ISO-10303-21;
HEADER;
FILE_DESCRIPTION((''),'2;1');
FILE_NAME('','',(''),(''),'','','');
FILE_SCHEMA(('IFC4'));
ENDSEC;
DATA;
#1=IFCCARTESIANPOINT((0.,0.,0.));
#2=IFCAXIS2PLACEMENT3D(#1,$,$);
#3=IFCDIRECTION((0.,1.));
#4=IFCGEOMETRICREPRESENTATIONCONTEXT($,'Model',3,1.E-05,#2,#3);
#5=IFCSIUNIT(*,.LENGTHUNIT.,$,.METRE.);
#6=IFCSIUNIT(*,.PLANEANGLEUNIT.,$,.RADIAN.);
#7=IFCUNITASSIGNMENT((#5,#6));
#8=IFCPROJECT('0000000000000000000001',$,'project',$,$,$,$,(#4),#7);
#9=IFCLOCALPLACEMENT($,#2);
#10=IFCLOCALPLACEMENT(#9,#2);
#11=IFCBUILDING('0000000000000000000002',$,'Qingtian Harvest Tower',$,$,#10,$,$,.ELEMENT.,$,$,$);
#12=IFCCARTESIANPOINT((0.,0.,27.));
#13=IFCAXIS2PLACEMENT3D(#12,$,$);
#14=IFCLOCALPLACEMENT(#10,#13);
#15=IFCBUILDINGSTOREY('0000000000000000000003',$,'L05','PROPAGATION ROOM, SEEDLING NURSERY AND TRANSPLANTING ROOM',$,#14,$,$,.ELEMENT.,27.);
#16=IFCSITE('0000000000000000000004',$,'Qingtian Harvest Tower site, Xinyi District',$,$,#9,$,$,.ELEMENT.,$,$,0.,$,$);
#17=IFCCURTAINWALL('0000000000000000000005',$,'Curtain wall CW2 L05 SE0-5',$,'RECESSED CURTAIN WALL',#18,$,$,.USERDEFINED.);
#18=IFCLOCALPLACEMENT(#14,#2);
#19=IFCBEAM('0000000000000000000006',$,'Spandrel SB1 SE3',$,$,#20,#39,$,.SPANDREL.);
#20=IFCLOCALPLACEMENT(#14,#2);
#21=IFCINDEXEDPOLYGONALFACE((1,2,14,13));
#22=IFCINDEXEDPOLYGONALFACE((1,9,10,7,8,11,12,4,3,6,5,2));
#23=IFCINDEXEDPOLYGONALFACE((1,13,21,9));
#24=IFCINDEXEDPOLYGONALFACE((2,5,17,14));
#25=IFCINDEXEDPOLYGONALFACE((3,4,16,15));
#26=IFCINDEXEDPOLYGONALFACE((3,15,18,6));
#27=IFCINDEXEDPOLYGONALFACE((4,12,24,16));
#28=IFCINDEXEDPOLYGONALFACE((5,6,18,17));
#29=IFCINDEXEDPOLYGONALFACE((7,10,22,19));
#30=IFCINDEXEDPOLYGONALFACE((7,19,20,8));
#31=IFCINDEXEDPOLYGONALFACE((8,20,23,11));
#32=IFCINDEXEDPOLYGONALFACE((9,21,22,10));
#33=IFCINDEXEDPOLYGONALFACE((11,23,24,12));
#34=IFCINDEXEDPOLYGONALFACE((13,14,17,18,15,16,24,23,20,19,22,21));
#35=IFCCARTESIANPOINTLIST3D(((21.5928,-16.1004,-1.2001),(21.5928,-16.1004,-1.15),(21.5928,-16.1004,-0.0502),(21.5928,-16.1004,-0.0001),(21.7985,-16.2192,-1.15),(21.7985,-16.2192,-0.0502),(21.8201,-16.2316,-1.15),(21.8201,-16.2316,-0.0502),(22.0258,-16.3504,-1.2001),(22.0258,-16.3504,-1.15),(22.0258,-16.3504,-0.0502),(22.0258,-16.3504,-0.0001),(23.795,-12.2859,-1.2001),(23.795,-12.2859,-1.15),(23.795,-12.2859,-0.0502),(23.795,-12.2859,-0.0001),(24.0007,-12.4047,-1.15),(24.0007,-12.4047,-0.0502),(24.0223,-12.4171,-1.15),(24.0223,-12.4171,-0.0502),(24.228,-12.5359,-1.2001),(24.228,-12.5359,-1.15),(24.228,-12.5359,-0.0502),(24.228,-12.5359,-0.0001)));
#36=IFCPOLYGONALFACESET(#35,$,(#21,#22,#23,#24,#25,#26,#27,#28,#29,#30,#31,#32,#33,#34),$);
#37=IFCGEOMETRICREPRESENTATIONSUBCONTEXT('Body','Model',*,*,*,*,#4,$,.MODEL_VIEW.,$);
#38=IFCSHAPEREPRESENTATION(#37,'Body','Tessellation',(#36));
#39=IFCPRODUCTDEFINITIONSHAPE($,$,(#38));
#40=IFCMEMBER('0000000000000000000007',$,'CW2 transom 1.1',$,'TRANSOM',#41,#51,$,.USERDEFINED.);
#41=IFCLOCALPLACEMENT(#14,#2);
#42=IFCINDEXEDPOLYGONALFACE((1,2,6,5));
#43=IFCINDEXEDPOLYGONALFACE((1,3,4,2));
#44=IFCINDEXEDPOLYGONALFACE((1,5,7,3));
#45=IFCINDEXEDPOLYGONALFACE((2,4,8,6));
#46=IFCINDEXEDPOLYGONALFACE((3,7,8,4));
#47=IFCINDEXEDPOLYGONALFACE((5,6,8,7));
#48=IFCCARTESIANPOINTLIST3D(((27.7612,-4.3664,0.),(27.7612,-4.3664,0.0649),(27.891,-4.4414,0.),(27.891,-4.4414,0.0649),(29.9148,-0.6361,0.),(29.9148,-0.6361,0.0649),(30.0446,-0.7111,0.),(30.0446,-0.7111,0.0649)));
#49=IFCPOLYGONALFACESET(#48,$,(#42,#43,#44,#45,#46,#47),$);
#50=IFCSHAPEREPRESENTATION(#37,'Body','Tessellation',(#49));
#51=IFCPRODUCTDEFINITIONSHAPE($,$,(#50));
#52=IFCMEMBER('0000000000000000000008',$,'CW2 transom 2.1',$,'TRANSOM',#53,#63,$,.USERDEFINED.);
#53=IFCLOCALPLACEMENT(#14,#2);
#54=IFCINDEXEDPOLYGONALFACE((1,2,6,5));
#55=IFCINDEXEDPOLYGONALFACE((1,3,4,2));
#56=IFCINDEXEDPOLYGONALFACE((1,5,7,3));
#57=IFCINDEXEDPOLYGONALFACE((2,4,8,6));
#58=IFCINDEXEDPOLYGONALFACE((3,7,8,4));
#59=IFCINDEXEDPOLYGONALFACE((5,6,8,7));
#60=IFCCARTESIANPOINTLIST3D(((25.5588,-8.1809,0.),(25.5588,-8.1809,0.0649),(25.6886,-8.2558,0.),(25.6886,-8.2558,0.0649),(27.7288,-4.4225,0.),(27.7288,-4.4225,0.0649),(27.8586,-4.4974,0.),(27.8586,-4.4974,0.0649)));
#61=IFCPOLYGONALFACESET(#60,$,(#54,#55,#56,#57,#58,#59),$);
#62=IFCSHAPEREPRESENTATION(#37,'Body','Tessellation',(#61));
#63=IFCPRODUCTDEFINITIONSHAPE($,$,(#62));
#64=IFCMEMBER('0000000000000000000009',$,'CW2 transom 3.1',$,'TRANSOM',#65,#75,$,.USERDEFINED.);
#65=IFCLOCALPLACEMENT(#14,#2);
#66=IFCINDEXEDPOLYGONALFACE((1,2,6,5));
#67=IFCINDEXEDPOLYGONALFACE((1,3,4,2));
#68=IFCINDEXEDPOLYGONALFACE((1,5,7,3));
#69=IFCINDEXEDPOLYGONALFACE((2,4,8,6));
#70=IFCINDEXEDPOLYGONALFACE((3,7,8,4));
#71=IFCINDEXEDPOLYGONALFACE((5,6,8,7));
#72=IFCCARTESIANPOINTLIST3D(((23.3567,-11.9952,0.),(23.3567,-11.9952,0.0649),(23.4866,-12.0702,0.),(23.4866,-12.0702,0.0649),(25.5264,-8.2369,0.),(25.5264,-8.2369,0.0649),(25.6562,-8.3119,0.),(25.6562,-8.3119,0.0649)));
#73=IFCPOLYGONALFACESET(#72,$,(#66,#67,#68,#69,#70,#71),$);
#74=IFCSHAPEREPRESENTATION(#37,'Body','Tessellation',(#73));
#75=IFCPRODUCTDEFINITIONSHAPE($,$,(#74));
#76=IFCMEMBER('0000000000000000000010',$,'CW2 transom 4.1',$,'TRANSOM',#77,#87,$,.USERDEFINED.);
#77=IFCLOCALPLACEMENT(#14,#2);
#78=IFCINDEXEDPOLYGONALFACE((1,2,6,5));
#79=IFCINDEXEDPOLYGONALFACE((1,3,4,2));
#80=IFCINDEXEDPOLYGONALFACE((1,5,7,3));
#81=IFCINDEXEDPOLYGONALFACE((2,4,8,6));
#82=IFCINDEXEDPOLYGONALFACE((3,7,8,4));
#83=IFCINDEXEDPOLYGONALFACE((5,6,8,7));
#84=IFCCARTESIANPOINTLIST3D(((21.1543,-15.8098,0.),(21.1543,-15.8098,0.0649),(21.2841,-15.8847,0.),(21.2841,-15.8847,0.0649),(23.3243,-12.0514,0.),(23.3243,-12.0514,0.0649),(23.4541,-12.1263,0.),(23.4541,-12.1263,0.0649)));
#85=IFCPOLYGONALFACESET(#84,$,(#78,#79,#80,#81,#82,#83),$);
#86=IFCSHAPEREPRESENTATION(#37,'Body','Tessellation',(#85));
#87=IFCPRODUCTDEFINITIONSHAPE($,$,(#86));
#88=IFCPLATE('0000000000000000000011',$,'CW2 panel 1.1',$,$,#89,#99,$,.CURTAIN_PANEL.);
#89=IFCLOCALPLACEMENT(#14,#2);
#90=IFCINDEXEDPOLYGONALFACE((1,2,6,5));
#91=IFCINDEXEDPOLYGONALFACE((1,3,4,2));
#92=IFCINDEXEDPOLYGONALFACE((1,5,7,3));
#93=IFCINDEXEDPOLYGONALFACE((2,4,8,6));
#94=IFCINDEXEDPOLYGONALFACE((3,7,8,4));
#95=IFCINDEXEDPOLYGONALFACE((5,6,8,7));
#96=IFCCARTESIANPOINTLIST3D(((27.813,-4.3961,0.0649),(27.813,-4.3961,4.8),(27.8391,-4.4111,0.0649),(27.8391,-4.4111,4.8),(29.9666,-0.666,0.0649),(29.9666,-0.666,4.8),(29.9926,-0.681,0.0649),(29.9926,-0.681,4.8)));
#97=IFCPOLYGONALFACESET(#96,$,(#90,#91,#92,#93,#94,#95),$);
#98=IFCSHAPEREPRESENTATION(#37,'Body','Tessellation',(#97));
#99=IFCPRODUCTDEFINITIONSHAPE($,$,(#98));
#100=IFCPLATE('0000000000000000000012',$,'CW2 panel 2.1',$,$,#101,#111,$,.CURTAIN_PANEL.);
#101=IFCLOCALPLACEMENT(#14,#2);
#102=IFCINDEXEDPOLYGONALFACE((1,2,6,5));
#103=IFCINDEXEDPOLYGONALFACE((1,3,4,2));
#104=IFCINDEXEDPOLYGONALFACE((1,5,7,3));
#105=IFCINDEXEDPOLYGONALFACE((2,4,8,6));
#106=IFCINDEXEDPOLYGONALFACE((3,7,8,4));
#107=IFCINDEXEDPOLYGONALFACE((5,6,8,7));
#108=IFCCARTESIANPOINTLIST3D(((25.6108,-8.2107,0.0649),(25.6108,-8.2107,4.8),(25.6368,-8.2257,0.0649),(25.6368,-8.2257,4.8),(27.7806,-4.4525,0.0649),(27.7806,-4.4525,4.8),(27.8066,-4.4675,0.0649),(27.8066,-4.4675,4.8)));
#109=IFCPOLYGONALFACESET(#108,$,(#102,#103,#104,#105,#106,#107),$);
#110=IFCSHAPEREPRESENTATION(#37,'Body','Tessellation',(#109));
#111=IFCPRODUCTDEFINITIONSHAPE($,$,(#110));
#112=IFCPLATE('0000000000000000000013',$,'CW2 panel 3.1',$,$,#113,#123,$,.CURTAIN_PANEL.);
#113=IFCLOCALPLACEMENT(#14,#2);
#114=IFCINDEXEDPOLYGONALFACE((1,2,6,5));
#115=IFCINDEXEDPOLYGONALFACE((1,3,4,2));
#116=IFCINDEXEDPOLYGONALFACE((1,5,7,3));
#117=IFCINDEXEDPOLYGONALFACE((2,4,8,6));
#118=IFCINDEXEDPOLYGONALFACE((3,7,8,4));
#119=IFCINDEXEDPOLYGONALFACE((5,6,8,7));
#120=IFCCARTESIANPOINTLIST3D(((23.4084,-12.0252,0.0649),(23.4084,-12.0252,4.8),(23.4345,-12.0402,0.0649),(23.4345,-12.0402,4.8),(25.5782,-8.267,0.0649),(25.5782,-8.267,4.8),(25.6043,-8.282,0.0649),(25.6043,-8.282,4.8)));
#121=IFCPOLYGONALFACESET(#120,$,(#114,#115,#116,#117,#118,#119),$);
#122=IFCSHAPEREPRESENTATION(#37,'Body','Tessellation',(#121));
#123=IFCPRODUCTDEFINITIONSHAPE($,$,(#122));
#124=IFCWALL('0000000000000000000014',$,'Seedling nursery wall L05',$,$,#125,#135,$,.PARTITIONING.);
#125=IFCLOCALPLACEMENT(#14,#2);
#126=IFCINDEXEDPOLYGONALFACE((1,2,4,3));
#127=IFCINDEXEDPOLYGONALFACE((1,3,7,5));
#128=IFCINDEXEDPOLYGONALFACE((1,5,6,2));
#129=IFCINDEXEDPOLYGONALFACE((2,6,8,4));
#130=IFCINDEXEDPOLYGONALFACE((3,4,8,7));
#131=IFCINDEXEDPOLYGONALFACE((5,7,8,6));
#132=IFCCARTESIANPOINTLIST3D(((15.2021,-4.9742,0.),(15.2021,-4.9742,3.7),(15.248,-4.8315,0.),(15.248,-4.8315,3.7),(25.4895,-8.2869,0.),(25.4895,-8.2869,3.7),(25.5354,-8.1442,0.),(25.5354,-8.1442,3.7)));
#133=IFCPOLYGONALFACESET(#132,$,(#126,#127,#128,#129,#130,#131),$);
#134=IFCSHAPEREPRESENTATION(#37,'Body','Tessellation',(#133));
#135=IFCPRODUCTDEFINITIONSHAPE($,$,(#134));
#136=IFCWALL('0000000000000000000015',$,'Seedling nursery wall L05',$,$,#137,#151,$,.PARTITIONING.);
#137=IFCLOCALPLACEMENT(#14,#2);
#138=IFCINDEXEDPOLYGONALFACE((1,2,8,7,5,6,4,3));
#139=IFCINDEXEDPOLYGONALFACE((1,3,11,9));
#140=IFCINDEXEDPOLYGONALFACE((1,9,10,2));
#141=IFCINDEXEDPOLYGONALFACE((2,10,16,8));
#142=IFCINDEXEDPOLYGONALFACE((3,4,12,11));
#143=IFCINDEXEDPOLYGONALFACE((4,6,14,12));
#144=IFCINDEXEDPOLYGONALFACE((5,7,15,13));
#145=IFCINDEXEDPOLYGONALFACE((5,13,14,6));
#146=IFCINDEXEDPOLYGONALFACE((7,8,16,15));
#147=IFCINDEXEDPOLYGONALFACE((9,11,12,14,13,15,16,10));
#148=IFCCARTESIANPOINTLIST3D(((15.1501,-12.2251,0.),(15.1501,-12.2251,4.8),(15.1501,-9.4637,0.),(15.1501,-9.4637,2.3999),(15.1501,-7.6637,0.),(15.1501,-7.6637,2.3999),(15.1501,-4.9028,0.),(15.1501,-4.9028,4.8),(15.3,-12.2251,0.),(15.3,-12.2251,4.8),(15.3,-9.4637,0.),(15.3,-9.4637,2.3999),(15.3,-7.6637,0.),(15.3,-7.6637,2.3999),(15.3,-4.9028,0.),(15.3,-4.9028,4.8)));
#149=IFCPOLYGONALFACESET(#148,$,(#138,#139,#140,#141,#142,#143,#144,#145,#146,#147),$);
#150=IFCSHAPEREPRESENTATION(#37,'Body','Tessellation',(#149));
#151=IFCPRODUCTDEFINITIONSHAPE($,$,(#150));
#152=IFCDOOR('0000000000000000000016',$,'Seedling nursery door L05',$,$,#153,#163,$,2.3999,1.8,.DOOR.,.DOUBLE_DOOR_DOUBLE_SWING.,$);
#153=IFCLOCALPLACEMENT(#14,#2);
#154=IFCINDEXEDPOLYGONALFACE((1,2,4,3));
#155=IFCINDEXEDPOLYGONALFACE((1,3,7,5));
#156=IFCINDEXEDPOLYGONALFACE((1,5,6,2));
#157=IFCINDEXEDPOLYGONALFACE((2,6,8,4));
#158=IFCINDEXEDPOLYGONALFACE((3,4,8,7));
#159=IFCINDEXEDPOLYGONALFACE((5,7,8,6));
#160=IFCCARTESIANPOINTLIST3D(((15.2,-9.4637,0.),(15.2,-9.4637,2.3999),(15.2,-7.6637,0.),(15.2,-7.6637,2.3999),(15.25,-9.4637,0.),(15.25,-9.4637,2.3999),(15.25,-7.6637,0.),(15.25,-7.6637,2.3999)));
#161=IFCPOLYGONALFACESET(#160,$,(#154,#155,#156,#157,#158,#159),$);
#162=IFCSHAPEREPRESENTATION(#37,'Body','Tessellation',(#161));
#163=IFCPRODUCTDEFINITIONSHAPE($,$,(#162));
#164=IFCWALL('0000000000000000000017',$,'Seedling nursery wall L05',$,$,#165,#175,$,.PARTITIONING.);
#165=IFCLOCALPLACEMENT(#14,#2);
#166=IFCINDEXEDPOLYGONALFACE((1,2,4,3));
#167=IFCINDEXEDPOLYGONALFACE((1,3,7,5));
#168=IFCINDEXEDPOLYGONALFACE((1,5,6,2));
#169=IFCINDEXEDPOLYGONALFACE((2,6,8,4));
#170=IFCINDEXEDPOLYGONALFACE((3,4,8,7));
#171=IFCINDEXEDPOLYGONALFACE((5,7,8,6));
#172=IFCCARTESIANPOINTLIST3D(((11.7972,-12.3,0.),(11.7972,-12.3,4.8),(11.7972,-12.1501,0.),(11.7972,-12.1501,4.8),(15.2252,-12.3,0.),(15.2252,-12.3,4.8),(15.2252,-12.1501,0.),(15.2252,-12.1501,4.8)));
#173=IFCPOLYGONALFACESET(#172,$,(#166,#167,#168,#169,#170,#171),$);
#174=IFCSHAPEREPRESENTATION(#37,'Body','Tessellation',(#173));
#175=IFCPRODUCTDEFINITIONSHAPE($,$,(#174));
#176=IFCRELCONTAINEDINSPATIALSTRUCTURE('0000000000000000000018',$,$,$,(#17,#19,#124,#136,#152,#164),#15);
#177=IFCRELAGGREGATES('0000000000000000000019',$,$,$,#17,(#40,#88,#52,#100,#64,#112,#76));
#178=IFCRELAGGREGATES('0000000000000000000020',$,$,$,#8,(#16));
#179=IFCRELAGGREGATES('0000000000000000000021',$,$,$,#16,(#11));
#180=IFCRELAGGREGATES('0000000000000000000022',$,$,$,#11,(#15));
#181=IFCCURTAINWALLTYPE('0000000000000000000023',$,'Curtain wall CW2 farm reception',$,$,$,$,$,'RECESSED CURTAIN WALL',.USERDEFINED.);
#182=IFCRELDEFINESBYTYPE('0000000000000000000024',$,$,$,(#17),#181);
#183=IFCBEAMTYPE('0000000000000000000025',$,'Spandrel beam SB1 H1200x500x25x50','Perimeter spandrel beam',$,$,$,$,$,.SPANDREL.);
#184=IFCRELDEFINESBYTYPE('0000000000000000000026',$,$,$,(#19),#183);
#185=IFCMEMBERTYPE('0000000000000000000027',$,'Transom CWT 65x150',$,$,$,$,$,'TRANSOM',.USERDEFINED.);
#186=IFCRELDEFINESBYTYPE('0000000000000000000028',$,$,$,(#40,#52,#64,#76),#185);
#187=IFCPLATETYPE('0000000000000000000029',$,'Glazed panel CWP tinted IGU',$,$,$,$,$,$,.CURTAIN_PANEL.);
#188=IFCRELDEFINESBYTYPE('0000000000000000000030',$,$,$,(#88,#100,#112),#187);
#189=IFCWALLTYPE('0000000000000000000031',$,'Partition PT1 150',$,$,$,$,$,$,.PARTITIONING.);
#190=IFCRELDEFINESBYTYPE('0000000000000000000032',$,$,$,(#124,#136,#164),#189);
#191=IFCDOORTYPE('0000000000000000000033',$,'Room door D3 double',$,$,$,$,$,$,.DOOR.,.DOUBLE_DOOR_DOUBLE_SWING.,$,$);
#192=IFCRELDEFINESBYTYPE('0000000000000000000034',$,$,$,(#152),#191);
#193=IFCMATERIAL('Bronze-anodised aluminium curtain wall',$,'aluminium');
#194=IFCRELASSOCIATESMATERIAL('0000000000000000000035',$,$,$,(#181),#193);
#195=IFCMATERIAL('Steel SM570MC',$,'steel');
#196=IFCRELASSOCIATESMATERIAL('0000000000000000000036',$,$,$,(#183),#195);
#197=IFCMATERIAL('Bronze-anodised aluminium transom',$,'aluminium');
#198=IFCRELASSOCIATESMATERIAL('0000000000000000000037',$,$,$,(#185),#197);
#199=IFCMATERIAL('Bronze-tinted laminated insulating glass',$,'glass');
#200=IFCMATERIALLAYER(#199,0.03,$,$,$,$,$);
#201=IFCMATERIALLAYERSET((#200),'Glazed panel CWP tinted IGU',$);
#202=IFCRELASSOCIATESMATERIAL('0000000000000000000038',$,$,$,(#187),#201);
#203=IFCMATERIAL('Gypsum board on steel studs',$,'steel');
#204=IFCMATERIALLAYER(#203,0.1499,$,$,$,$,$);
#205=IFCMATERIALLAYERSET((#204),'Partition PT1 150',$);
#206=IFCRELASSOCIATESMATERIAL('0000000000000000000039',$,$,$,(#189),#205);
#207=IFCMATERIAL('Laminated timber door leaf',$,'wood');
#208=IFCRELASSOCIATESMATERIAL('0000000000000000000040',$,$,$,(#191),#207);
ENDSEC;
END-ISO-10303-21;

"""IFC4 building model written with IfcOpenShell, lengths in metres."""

from ifc_helpers import new_model, si_unit, direction, frame, frame_2d, origin, origin_2d, place, context, subcontext, project, spatial, rectangle, i_section, extrude, material, layer, layer_set, material_profile, profile_set, type_object, element, fill, aggregate, save


model = new_model("IFC4")

# Units and contexts
model_context = context("Model", 3, precision=1e-05, world=origin(), true_north=direction((0.0, 1.0)))
body_context = subcontext(model_context, "Body", "Model", "MODEL_VIEW")
ifc_project = project(units=[si_unit("LENGTHUNIT", "METRE"), si_unit("PLANEANGLEUNIT", "RADIAN")], contexts=[model_context])

# Site, building, storey
site_placement = place(None, origin())
site = spatial("IfcSite", under=ifc_project, at=site_placement, Name="Qingtian Harvest Tower site, Xinyi District", CompositionType="ELEMENT", RefElevation=0.0)
building_placement = place(site_placement, origin())
building = spatial("IfcBuilding", under=site, at=building_placement, Name="Qingtian Harvest Tower", CompositionType="ELEMENT")
storey_placement = place(building_placement, frame((0.0, 0.0, 27.0)))
storey = spatial("IfcBuildingStorey", under=building, at=storey_placement, Name="L05", Description="PROPAGATION ROOM, SEEDLING NURSERY AND TRANSPLANTING ROOM", CompositionType="ELEMENT", Elevation=27.0)

# Shared definitions
ifc_material_1 = material(Name="Bronze-anodised aluminium curtain wall", Category="aluminium")
curtain_wall_type = type_object("IfcCurtainWallType", Name="Curtain wall CW2 farm reception", ElementType="RECESSED CURTAIN WALL", PredefinedType="USERDEFINED", material=ifc_material_1)

# Curtain wall
curtain_wall_1_placement = place(storey_placement, origin())
curtain_wall_1 = element("IfcCurtainWall", 1, at=curtain_wall_1_placement, inside=storey, type_object=curtain_wall_type, Name="Curtain wall CW2 L05 SE0-5", ObjectType="RECESSED CURTAIN WALL", PredefinedType="USERDEFINED")

# Beam
ifc_material_2 = material(Name="Steel SM570MC", Category="steel")
ifc_material_profile_1 = material_profile(ifc_material_2, i_section(OverallWidth=0.5, OverallDepth=1.2, WebThickness=0.0249, FlangeThickness=0.05, at=origin_2d()), Name="H1200x500x25x50")
ifc_profile_set_1 = profile_set([ifc_material_profile_1], Name="Steel SM570MC")
beam_type_1 = type_object("IfcBeamType", Name="Spandrel beam SB1 H1200x500x25x50", Description="Perimeter spandrel beam", PredefinedType="SPANDREL", material=ifc_profile_set_1)
for number, where, z_axis, x_axis, name in (
    (2, (24.0115, -12.4109, -0.6001), (-0.499978, -0.866038, 0.0), (0.866038, -0.499978, 0.0), "Spandrel SB1 SE3"),
):
    element("IfcBeam", number, at=place(storey_placement, frame(where, z_axis=z_axis, x_axis=x_axis)), inside=storey, type_object=beam_type_1, Name=name, PredefinedType="SPANDREL", context=body_context, shape_type="SweptSolid", body=[
        extrude(i_section(OverallWidth=0.5, OverallDepth=1.2, WebThickness=0.0249, FlangeThickness=0.05, at=origin_2d()), origin(), (0.0, 0.0, 1.0), 4.4045),
    ])

# Members
ifc_material_3 = material(Name="Bronze-anodised aluminium transom", Category="aluminium")
ifc_material_profile_2 = material_profile(ifc_material_3, rectangle(XDim=0.1499, YDim=0.0649, at=origin_2d()), Name="AL 65x150")
ifc_profile_set_2 = profile_set([ifc_material_profile_2], Name="Bronze-anodised aluminium transom")
member_type_1 = type_object("IfcMemberType", Name="Transom CWT 65x150", ElementType="TRANSOM", PredefinedType="USERDEFINED", material=ifc_profile_set_2)
member_1_placement = place(storey_placement, frame((29.9797, -0.6736, 0.0325), z_axis=(-0.499986, -0.866034, 0.0), x_axis=(0.866034, -0.499986, 0.0)))
member_1 = element("IfcMember", 3, at=member_1_placement, type_object=member_type_1, Name="CW2 transom 1.1", ObjectType="TRANSOM", PredefinedType="USERDEFINED", context=body_context, shape_type="SweptSolid", body=[
    extrude(rectangle(XDim=0.1499, YDim=0.0649, at=origin_2d()), origin(), (0.0, 0.0, 1.0), 4.3074),
])
member_2_placement = place(storey_placement, frame((27.7937, -4.46, 0.0325), z_axis=(-0.500011, -0.866019, 0.0), x_axis=(0.866019, -0.500011, 0.0)))
member_2 = element("IfcMember", 4, at=member_2_placement, type_object=member_type_1, Name="CW2 transom 2.1", ObjectType="TRANSOM", PredefinedType="USERDEFINED", context=body_context, shape_type="SweptSolid", body=[
    extrude(rectangle(XDim=0.1499, YDim=0.0649, at=origin_2d()), origin(), (0.0, 0.0, 1.0), 4.3398),
])
member_3_placement = place(storey_placement, frame((25.5913, -8.2744, 0.0325), z_axis=(-0.499969, -0.866043, 0.0), x_axis=(0.866043, -0.499969, 0.0)))
member_3 = element("IfcMember", 5, at=member_3_placement, type_object=member_type_1, Name="CW2 transom 3.1", ObjectType="TRANSOM", PredefinedType="USERDEFINED", context=body_context, shape_type="SweptSolid", body=[
    extrude(rectangle(XDim=0.1499, YDim=0.0649, at=origin_2d()), origin(), (0.0, 0.0, 1.0), 4.3396),
])
member_4_placement = place(storey_placement, frame((23.3892, -12.0889, 0.0325), z_axis=(-0.500011, -0.866019, 0.0), x_axis=(0.866019, -0.500011, 0.0)))
member_4 = element("IfcMember", 6, at=member_4_placement, type_object=member_type_1, Name="CW2 transom 4.1", ObjectType="TRANSOM", PredefinedType="USERDEFINED", context=body_context, shape_type="SweptSolid", body=[
    extrude(rectangle(XDim=0.1499, YDim=0.0649, at=origin_2d()), origin(), (0.0, 0.0, 1.0), 4.3398),
])

# Plates
ifc_material_4 = material(Name="Bronze-tinted laminated insulating glass", Category="glass")
ifc_layer_1 = layer(ifc_material_4, 0.03)
ifc_layer_set_1 = layer_set([ifc_layer_1], Name="Glazed panel CWP tinted IGU")
plate_type = type_object("IfcPlateType", Name="Glazed panel CWP tinted IGU", PredefinedType="CURTAIN_PANEL", material=ifc_layer_set_1)
plate_1_placement = place(storey_placement, frame((28.9028, -2.5386, 0.0649), z_axis=(0.0, 0.0, 1.0), x_axis=(-0.5, -0.866025, 0.0)))
plate_1 = element("IfcPlate", 7, at=plate_1_placement, type_object=plate_type, Name="CW2 panel 1.1", PredefinedType="CURTAIN_PANEL", context=body_context, shape_type="SweptSolid", body=[
    extrude(rectangle(XDim=4.3071, YDim=0.03, at=origin_2d()), origin(), (0.0, 0.0, 1.0), 4.7351),
])
plate_2_placement = place(storey_placement, frame((26.7087, -6.3391, 0.0649), z_axis=(0.0, 0.0, 1.0), x_axis=(-0.5, -0.866025, 0.0)))
plate_2 = element("IfcPlate", 8, at=plate_2_placement, type_object=plate_type, Name="CW2 panel 2.1", PredefinedType="CURTAIN_PANEL", context=body_context, shape_type="SweptSolid", body=[
    extrude(rectangle(XDim=4.3396, YDim=0.03, at=origin_2d()), origin(), (0.0, 0.0, 1.0), 4.7351),
])
plate_3_placement = place(storey_placement, frame((24.5063, -10.1536, 0.0649), z_axis=(0.0, 0.0, 1.0), x_axis=(-0.5, -0.866025, 0.0)))
plate_3 = element("IfcPlate", 9, at=plate_3_placement, type_object=plate_type, Name="CW2 panel 3.1", PredefinedType="CURTAIN_PANEL", context=body_context, shape_type="SweptSolid", body=[
    extrude(rectangle(XDim=4.3396, YDim=0.03, at=origin_2d()), origin(), (0.0, 0.0, 1.0), 4.7351),
])
aggregate(curtain_wall_1, [member_1, plate_1, member_2, plate_2, member_3, plate_3, member_4])

# Wall
ifc_material_5 = material(Name="Gypsum board on steel studs", Category="steel")
ifc_layer_2 = layer(ifc_material_5, 0.1499)
ifc_layer_set_2 = layer_set([ifc_layer_2], Name="Partition PT1 150")
wall_type = type_object("IfcWallType", Name="Partition PT1 150", PredefinedType="PARTITIONING", material=ifc_layer_set_2)
wall_1_placement = place(storey_placement, frame((25.5125, -8.2156, 0.0), z_axis=(0.0, 0.0, 1.0), x_axis=(-0.951864, 0.30652, 0.0)))
element("IfcWall", 10, at=wall_1_placement, inside=storey, type_object=wall_type, Name="Seedling nursery wall L05", PredefinedType="PARTITIONING", context=body_context, shape_type="SweptSolid", body=[
    extrude(rectangle(XDim=10.8076, YDim=0.1499, at=frame_2d((5.4038, 0.0))), origin(), (0.0, 0.0, 1.0), 3.7),
])

# Wall, opening, door
wall_2_placement = place(storey_placement, frame((15.2251, -4.9028, 0.0), z_axis=(0.0, 0.0, 1.0), x_axis=(0.0, -1.0, 0.0)))
wall_2 = element("IfcWall", 11, at=wall_2_placement, inside=storey, type_object=wall_type, Name="Seedling nursery wall L05", PredefinedType="PARTITIONING", context=body_context, shape_type="SweptSolid", body=[
    extrude(rectangle(XDim=7.3223, YDim=0.1499, at=frame_2d((3.6611, 0.0))), origin(), (0.0, 0.0, 1.0), 4.8),
])
opening_placement = place(wall_2_placement, frame((2.761, 0.0, 0.0)))
opening = element("IfcOpeningElement", 12, at=opening_placement, cuts=wall_2, PredefinedType="OPENING", context=body_context, shape_type="SweptSolid", body=[
    extrude(rectangle(XDim=1.8, YDim=2.3999, at=frame_2d((0.8999, 1.2))), frame((0.0, 0.085, 0.0), z_axis=(0.0, -1.0, 0.0), x_axis=(1.0, 0.0, 0.0)), (0.0, 0.0, 1.0), 0.1699),
])
ifc_material_6 = material(Name="Laminated timber door leaf", Category="wood")
door_type = type_object("IfcDoorType", Name="Room door D3 double", OperationType="DOUBLE_DOOR_DOUBLE_SWING", PredefinedType="DOOR", material=ifc_material_6)
door_placement = place(opening_placement, origin())
door = element("IfcDoor", 13, at=door_placement, inside=storey, type_object=door_type, Name="Seedling nursery door L05", OperationType="DOUBLE_DOOR_DOUBLE_SWING", OverallHeight=2.3999, OverallWidth=1.8, PredefinedType="DOOR", context=body_context, shape_type="SweptSolid", body=[
    extrude(rectangle(XDim=1.8, YDim=2.3999, at=frame_2d((0.8999, 1.2))), frame((0.0, 0.0249, 0.0), z_axis=(0.0, -1.0, 0.0), x_axis=(1.0, 0.0, 0.0)), (0.0, 0.0, 1.0), 0.05),
])
fill(opening, door)

# Wall
wall_3_placement = place(storey_placement, frame((15.2251, -12.2251, 0.0), z_axis=(0.0, 0.0, 1.0), x_axis=(-1.0, 0.0, 0.0)))
element("IfcWall", 14, at=wall_3_placement, inside=storey, type_object=wall_type, Name="Seedling nursery wall L05", PredefinedType="PARTITIONING", context=body_context, shape_type="SweptSolid", body=[
    extrude(rectangle(XDim=3.428, YDim=0.1499, at=frame_2d((1.7139, 0.0))), origin(), (0.0, 0.0, 1.0), 4.8),
])

save(model, "model.ifc")
